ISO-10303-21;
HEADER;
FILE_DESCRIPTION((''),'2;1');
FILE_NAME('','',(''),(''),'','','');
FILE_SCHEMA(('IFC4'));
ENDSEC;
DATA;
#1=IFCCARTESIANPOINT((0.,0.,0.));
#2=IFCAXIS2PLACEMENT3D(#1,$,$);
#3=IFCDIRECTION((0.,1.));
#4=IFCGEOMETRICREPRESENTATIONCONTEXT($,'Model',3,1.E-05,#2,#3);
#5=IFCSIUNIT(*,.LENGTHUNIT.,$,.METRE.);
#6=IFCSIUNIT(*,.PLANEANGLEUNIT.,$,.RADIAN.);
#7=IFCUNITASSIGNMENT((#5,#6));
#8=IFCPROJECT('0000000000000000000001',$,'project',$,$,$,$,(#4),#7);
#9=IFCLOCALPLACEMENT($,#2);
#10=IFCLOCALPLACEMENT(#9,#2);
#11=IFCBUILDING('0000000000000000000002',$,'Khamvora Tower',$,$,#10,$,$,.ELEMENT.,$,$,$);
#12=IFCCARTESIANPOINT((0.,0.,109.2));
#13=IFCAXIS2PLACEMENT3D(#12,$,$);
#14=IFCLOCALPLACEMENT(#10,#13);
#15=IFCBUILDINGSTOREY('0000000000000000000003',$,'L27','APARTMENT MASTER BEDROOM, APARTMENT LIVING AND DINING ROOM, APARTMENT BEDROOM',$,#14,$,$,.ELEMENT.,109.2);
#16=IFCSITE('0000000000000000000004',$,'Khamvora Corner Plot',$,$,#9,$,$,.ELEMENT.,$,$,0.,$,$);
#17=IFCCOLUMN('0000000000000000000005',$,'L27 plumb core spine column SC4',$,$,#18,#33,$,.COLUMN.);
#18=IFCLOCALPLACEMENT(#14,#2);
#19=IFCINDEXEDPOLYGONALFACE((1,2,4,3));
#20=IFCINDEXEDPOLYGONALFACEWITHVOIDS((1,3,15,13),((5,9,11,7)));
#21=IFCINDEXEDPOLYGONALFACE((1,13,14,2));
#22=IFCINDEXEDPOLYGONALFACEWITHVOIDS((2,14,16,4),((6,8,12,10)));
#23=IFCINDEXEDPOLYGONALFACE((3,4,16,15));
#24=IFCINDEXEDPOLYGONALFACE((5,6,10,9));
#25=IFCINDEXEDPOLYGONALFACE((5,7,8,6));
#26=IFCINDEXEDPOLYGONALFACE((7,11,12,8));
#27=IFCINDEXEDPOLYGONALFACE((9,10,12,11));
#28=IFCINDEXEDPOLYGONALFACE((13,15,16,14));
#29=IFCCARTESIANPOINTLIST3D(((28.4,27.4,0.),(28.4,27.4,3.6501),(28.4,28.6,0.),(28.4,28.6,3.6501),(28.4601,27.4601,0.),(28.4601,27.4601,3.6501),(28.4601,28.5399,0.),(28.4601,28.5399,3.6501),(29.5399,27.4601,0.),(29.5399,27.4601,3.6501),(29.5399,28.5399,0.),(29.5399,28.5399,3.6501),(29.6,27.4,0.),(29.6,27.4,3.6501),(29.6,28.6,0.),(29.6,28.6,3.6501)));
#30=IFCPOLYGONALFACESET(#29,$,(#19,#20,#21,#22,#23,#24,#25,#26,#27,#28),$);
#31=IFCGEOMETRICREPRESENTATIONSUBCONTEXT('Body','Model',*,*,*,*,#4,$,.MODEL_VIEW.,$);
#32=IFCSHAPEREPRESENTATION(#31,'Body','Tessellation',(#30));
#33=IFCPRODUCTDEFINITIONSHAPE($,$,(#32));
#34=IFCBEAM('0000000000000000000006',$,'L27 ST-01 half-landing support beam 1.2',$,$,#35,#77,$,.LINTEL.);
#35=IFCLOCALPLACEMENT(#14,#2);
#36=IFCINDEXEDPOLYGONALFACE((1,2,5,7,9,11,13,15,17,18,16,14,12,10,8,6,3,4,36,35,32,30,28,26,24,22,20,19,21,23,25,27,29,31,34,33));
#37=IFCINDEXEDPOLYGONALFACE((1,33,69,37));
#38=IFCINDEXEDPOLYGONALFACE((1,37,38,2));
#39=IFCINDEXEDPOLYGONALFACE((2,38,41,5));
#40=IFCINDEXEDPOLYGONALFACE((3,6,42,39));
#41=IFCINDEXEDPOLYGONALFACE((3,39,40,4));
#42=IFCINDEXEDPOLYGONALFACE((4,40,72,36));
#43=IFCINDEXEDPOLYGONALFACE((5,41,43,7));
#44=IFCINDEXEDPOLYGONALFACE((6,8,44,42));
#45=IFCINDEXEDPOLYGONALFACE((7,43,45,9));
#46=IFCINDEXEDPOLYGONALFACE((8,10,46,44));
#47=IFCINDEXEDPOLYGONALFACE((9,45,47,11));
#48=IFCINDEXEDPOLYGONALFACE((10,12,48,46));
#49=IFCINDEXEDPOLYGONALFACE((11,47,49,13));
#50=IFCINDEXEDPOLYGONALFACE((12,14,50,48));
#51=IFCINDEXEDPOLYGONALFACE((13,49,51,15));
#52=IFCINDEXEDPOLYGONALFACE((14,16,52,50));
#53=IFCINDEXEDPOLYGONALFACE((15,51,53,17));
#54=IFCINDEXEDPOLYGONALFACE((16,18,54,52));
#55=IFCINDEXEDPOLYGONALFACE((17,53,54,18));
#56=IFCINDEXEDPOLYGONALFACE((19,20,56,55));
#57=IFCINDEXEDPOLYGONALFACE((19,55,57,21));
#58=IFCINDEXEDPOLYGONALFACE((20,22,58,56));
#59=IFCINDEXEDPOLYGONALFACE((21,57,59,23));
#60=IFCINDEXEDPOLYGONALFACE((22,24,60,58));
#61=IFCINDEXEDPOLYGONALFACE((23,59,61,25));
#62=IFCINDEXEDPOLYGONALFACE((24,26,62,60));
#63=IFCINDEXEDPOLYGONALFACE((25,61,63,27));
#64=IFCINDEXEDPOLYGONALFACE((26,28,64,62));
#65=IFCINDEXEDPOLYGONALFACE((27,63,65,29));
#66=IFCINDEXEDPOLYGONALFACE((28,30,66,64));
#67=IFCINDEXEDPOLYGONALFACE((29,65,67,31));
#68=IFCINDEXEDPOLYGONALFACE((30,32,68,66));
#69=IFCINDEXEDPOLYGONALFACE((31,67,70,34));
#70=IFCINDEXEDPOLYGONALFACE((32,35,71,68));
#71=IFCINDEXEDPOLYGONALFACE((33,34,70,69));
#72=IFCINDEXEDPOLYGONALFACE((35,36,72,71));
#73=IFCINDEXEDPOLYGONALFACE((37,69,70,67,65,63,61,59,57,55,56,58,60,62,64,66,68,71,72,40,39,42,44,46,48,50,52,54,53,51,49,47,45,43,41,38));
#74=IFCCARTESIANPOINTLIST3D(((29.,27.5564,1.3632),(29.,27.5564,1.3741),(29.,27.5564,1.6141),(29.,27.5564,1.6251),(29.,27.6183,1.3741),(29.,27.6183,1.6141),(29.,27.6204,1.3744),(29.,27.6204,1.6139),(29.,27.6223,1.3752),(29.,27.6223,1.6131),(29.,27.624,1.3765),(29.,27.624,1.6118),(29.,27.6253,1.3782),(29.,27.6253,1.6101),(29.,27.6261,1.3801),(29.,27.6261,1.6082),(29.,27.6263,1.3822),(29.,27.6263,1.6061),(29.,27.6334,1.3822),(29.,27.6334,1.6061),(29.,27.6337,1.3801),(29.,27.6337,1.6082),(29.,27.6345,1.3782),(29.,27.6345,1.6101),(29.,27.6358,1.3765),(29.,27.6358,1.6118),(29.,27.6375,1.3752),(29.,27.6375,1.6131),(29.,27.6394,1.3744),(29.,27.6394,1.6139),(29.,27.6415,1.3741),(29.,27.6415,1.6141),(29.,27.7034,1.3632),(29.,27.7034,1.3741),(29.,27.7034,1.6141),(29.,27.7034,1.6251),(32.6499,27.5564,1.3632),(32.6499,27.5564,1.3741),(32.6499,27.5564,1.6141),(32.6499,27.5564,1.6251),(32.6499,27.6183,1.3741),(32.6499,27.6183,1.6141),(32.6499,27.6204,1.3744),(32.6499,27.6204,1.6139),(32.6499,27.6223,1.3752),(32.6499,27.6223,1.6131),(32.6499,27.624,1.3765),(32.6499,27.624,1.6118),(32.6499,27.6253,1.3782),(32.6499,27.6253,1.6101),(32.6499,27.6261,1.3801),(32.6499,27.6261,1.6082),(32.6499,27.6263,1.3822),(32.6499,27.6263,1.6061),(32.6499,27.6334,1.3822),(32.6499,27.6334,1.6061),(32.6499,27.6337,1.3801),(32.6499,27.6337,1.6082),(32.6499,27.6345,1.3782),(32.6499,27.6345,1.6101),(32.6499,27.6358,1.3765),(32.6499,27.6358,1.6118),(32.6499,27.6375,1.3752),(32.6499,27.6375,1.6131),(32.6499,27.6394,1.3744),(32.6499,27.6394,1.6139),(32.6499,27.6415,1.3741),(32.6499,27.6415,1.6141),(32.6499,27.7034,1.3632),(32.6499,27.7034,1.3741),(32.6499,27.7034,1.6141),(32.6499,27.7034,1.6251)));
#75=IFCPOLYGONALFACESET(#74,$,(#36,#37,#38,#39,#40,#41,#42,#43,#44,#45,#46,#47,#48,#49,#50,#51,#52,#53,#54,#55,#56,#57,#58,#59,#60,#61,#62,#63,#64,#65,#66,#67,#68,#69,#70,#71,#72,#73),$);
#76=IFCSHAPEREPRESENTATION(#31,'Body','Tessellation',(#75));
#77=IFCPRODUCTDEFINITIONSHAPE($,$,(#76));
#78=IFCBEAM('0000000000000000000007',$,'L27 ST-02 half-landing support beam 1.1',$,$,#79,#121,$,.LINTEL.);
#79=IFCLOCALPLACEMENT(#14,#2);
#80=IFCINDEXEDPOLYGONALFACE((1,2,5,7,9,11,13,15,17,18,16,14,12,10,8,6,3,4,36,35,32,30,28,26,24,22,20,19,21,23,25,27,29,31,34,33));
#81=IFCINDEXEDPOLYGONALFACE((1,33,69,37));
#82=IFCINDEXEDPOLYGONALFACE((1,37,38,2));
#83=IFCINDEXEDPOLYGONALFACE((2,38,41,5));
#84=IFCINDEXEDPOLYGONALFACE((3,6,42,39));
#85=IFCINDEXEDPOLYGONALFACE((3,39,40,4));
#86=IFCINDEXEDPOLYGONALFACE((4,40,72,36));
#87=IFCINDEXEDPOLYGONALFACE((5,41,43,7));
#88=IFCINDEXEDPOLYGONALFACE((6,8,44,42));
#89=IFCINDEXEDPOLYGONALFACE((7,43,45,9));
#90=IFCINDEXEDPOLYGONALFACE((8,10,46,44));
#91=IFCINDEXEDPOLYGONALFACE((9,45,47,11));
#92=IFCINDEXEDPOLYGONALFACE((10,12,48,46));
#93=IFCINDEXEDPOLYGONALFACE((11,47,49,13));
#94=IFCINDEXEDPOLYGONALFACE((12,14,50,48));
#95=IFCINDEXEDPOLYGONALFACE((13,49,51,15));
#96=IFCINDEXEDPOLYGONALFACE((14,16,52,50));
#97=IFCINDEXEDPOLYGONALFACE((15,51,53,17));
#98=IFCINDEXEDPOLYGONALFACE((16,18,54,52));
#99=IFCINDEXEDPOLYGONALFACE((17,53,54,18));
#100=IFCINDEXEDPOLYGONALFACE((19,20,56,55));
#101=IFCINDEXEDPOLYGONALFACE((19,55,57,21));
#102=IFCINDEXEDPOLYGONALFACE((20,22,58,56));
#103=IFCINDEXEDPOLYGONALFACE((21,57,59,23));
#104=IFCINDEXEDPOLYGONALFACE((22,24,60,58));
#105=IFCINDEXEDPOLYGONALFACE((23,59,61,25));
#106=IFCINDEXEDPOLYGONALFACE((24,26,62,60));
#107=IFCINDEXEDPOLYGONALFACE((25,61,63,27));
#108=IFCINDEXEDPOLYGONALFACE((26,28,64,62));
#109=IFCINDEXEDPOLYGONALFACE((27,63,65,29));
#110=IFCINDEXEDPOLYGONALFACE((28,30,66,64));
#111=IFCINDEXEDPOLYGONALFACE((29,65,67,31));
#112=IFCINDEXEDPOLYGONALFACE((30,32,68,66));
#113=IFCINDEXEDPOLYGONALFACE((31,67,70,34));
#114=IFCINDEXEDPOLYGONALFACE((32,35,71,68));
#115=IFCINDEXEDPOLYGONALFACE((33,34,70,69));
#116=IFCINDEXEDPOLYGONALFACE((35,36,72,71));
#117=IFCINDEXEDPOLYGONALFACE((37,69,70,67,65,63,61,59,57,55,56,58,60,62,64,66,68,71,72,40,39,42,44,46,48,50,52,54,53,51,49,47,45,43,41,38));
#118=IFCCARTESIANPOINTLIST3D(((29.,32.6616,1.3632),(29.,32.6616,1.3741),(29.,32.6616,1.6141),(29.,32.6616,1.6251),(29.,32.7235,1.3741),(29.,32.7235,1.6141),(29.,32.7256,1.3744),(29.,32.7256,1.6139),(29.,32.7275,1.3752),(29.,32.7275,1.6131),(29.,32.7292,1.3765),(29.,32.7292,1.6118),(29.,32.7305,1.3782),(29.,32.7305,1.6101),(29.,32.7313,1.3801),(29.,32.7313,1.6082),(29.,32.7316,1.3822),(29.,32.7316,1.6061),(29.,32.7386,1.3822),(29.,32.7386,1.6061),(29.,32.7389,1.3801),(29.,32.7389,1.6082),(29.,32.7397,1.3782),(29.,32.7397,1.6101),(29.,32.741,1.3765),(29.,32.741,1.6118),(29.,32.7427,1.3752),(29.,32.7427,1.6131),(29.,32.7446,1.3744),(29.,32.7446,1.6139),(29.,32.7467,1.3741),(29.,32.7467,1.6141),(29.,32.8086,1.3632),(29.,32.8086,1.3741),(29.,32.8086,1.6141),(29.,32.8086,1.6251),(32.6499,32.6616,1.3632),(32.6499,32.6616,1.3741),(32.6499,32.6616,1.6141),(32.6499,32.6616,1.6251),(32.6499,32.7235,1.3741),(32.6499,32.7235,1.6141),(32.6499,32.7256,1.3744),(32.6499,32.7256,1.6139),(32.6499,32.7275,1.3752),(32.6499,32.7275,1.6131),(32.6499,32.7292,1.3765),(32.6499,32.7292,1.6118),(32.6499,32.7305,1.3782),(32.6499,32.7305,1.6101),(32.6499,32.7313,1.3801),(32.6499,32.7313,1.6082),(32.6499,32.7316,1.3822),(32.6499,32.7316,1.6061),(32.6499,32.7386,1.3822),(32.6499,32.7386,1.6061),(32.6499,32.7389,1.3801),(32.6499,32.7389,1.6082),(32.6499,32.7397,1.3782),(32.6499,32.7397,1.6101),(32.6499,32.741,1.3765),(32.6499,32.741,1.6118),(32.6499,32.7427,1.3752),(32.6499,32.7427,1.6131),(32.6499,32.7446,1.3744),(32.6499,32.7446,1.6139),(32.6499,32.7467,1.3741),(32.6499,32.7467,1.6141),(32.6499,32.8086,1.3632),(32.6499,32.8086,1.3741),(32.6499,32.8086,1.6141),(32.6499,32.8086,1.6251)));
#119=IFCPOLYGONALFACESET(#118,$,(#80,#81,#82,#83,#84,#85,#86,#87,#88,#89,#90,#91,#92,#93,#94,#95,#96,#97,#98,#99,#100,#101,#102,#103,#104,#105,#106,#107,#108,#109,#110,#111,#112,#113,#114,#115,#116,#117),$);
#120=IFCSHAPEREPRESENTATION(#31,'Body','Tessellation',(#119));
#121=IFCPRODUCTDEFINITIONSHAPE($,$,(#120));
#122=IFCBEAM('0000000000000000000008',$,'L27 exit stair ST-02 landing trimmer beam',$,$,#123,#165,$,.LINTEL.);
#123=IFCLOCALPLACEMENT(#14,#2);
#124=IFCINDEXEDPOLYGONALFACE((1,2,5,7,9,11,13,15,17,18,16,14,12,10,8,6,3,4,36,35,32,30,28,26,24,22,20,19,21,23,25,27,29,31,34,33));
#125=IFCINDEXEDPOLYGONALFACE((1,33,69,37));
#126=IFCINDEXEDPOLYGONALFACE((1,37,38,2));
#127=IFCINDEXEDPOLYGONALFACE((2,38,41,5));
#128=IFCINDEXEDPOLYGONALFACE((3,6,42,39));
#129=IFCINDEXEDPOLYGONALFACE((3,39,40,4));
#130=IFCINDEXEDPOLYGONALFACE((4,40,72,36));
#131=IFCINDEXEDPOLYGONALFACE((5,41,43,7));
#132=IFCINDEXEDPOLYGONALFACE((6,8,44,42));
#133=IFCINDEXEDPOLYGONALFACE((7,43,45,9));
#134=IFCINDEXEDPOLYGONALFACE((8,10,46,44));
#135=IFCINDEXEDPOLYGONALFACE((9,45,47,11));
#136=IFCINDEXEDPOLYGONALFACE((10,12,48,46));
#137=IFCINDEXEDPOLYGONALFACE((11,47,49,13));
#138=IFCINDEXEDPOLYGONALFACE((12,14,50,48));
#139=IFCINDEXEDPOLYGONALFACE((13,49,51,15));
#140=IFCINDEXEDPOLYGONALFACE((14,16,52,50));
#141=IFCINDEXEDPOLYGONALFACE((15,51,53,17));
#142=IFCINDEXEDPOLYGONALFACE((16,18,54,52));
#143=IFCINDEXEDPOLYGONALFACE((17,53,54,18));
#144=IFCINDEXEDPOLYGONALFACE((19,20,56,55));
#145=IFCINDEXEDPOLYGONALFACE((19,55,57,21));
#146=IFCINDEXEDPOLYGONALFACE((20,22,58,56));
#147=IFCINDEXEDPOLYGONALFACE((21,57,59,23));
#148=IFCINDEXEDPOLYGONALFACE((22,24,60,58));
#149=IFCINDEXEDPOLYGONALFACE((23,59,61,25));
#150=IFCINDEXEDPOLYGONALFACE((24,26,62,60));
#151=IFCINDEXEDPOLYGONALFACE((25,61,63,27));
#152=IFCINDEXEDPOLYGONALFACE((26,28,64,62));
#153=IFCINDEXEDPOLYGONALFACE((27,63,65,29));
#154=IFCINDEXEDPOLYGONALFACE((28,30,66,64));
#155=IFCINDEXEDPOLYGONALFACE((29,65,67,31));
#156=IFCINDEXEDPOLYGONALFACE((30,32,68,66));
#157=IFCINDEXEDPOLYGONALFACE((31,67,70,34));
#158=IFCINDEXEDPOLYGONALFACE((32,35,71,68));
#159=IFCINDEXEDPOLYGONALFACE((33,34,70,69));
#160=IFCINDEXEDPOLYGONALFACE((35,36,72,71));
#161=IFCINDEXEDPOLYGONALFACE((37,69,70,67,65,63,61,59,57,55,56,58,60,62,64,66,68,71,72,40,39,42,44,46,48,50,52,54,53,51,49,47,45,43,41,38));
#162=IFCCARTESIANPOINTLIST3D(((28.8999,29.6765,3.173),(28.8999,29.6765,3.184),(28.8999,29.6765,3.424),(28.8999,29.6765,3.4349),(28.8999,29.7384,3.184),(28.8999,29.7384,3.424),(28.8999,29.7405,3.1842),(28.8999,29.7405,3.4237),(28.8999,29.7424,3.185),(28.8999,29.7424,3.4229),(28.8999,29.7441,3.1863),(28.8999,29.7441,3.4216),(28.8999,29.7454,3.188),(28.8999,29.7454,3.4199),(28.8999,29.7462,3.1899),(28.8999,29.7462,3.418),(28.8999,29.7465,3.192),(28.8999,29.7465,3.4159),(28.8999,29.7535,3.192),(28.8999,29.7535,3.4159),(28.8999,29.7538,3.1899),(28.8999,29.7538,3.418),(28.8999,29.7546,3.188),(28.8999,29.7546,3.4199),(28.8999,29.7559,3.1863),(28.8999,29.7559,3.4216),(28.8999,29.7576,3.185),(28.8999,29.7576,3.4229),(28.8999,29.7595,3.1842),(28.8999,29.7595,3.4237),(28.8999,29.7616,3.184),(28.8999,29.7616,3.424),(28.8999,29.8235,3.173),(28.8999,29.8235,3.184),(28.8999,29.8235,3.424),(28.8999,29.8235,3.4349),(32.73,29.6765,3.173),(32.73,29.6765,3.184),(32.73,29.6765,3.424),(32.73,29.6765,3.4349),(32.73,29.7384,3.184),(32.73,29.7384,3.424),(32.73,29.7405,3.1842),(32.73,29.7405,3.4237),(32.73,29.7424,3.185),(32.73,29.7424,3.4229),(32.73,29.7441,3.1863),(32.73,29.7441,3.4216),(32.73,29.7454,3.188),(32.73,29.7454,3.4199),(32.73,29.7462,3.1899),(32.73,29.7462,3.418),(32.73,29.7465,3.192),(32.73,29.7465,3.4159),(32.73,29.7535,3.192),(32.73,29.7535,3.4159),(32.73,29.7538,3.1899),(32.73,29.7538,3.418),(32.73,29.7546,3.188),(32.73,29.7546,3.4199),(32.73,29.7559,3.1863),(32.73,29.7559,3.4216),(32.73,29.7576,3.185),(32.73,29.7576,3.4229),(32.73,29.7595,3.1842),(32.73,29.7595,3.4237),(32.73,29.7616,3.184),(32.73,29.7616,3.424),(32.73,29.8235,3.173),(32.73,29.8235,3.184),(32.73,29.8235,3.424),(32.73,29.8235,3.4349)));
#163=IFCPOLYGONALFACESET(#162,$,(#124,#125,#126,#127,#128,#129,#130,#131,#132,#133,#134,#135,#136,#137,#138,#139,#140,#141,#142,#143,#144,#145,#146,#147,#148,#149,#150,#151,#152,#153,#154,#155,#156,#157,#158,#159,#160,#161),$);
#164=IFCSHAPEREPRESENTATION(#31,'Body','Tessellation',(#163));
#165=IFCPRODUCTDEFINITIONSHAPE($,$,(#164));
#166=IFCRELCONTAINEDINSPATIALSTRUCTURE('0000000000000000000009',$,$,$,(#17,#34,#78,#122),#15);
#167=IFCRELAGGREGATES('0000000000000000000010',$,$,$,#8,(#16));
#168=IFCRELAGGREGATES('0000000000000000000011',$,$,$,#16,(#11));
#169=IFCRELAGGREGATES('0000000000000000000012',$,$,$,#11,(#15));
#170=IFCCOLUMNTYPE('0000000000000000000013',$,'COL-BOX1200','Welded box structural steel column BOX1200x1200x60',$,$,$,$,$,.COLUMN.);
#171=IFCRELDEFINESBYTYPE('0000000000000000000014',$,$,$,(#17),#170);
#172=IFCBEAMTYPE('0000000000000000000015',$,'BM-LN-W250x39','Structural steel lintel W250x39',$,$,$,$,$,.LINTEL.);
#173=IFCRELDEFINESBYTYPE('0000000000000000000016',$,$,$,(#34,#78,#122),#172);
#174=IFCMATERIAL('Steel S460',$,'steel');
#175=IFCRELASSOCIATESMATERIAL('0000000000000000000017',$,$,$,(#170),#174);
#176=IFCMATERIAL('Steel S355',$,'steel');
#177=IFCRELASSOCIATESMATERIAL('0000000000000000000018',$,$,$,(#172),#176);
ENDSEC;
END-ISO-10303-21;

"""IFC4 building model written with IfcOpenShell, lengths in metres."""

from ifc_helpers import new_model, si_unit, direction, frame, origin, origin_2d, place, context, subcontext, project, spatial, hollow_rectangle, i_section, extrude, material, material_profile, profile_set, type_object, element, save


model = new_model("IFC4")

# Units and contexts
model_context = context("Model", 3, precision=1e-05, world=origin(), true_north=direction((0.0, 1.0)))
body_context = subcontext(model_context, "Body", "Model", "MODEL_VIEW")
ifc_project = project(units=[si_unit("LENGTHUNIT", "METRE"), si_unit("PLANEANGLEUNIT", "RADIAN")], contexts=[model_context])

# Site, building, storey
site_placement = place(None, origin())
site = spatial("IfcSite", under=ifc_project, at=site_placement, Name="Khamvora Corner Plot", CompositionType="ELEMENT", RefElevation=0.0)
building_placement = place(site_placement, origin())
building = spatial("IfcBuilding", under=site, at=building_placement, Name="Khamvora Tower", CompositionType="ELEMENT")
storey_placement = place(building_placement, frame((0.0, 0.0, 109.2)))
storey = spatial("IfcBuildingStorey", under=building, at=storey_placement, Name="L27", Description="APARTMENT MASTER BEDROOM, APARTMENT LIVING AND DINING ROOM, APARTMENT BEDROOM", CompositionType="ELEMENT", Elevation=109.2)

# Column
ifc_material_1 = material(Name="Steel S460", Category="steel")
ifc_material_profile_1 = material_profile(ifc_material_1, hollow_rectangle(XDim=1.2, YDim=1.2, WallThickness=0.0601, at=origin_2d()), Name="BOX1200x1200x60")
ifc_profile_set_1 = profile_set([ifc_material_profile_1], Name="Steel S460")
column_type = type_object("IfcColumnType", Name="COL-BOX1200", Description="Welded box structural steel column BOX1200x1200x60", PredefinedType="COLUMN", material=ifc_profile_set_1)
column_placement = place(storey_placement, frame((29.0, 28.0, 0.0), z_axis=(0.0, 0.0, 1.0), x_axis=(1.0, 0.0, 0.0)))
element("IfcColumn", 1, at=column_placement, inside=storey, type_object=column_type, Name="L27 plumb core spine column SC4", PredefinedType="COLUMN", context=body_context, shape_type="SweptSolid", body=[
    extrude(hollow_rectangle(XDim=1.2, YDim=1.2, WallThickness=0.0601, at=origin_2d()), origin(), (0.0, 0.0, 1.0), 3.6501),
])

# Beams
ifc_material_2 = material(Name="Steel S355", Category="steel")
ifc_material_profile_2 = material_profile(ifc_material_2, i_section(OverallWidth=0.147, OverallDepth=0.262, WebThickness=0.0071, FlangeThickness=0.011, FilletRadius=0.0081, at=origin_2d()), Name="W250x39")
ifc_profile_set_2 = profile_set([ifc_material_profile_2], Name="Steel S355")
beam_type_1 = type_object("IfcBeamType", Name="BM-LN-W250x39", Description="Structural steel lintel W250x39", PredefinedType="LINTEL", material=ifc_profile_set_2)
for number, where, z_axis, x_axis, name in (
    (2, (29.0, 27.6299, 1.4941), (1.0, 0.0, 0.0), (0.0, 1.0, 0.0), "L27 ST-01 half-landing support beam 1.2"),
    (3, (29.0, 32.7351, 1.4941), (1.0, 0.0, 0.0), (0.0, 1.0, 0.0), "L27 ST-02 half-landing support beam 1.1"),
):
    element("IfcBeam", number, at=place(storey_placement, frame(where, z_axis=z_axis, x_axis=x_axis)), inside=storey, type_object=beam_type_1, Name=name, PredefinedType="LINTEL", context=body_context, shape_type="SweptSolid", body=[
        extrude(i_section(OverallWidth=0.147, OverallDepth=0.262, WebThickness=0.0071, FlangeThickness=0.011, FilletRadius=0.0081, at=origin_2d()), origin(), (0.0, 0.0, 1.0), 3.6499),
    ])
beam_1_placement = place(storey_placement, frame((28.8999, 29.75, 3.304), z_axis=(1.0, 0.0, 0.0), x_axis=(0.0, 1.0, 0.0)))
element("IfcBeam", 4, at=beam_1_placement, inside=storey, type_object=beam_type_1, Name="L27 exit stair ST-02 landing trimmer beam", PredefinedType="LINTEL", context=body_context, shape_type="SweptSolid", body=[
    extrude(i_section(OverallWidth=0.147, OverallDepth=0.262, WebThickness=0.0071, FlangeThickness=0.011, FilletRadius=0.0081, at=origin_2d()), origin(), (0.0, 0.0, 1.0), 3.8301),
])

save(model, "model.ifc")
